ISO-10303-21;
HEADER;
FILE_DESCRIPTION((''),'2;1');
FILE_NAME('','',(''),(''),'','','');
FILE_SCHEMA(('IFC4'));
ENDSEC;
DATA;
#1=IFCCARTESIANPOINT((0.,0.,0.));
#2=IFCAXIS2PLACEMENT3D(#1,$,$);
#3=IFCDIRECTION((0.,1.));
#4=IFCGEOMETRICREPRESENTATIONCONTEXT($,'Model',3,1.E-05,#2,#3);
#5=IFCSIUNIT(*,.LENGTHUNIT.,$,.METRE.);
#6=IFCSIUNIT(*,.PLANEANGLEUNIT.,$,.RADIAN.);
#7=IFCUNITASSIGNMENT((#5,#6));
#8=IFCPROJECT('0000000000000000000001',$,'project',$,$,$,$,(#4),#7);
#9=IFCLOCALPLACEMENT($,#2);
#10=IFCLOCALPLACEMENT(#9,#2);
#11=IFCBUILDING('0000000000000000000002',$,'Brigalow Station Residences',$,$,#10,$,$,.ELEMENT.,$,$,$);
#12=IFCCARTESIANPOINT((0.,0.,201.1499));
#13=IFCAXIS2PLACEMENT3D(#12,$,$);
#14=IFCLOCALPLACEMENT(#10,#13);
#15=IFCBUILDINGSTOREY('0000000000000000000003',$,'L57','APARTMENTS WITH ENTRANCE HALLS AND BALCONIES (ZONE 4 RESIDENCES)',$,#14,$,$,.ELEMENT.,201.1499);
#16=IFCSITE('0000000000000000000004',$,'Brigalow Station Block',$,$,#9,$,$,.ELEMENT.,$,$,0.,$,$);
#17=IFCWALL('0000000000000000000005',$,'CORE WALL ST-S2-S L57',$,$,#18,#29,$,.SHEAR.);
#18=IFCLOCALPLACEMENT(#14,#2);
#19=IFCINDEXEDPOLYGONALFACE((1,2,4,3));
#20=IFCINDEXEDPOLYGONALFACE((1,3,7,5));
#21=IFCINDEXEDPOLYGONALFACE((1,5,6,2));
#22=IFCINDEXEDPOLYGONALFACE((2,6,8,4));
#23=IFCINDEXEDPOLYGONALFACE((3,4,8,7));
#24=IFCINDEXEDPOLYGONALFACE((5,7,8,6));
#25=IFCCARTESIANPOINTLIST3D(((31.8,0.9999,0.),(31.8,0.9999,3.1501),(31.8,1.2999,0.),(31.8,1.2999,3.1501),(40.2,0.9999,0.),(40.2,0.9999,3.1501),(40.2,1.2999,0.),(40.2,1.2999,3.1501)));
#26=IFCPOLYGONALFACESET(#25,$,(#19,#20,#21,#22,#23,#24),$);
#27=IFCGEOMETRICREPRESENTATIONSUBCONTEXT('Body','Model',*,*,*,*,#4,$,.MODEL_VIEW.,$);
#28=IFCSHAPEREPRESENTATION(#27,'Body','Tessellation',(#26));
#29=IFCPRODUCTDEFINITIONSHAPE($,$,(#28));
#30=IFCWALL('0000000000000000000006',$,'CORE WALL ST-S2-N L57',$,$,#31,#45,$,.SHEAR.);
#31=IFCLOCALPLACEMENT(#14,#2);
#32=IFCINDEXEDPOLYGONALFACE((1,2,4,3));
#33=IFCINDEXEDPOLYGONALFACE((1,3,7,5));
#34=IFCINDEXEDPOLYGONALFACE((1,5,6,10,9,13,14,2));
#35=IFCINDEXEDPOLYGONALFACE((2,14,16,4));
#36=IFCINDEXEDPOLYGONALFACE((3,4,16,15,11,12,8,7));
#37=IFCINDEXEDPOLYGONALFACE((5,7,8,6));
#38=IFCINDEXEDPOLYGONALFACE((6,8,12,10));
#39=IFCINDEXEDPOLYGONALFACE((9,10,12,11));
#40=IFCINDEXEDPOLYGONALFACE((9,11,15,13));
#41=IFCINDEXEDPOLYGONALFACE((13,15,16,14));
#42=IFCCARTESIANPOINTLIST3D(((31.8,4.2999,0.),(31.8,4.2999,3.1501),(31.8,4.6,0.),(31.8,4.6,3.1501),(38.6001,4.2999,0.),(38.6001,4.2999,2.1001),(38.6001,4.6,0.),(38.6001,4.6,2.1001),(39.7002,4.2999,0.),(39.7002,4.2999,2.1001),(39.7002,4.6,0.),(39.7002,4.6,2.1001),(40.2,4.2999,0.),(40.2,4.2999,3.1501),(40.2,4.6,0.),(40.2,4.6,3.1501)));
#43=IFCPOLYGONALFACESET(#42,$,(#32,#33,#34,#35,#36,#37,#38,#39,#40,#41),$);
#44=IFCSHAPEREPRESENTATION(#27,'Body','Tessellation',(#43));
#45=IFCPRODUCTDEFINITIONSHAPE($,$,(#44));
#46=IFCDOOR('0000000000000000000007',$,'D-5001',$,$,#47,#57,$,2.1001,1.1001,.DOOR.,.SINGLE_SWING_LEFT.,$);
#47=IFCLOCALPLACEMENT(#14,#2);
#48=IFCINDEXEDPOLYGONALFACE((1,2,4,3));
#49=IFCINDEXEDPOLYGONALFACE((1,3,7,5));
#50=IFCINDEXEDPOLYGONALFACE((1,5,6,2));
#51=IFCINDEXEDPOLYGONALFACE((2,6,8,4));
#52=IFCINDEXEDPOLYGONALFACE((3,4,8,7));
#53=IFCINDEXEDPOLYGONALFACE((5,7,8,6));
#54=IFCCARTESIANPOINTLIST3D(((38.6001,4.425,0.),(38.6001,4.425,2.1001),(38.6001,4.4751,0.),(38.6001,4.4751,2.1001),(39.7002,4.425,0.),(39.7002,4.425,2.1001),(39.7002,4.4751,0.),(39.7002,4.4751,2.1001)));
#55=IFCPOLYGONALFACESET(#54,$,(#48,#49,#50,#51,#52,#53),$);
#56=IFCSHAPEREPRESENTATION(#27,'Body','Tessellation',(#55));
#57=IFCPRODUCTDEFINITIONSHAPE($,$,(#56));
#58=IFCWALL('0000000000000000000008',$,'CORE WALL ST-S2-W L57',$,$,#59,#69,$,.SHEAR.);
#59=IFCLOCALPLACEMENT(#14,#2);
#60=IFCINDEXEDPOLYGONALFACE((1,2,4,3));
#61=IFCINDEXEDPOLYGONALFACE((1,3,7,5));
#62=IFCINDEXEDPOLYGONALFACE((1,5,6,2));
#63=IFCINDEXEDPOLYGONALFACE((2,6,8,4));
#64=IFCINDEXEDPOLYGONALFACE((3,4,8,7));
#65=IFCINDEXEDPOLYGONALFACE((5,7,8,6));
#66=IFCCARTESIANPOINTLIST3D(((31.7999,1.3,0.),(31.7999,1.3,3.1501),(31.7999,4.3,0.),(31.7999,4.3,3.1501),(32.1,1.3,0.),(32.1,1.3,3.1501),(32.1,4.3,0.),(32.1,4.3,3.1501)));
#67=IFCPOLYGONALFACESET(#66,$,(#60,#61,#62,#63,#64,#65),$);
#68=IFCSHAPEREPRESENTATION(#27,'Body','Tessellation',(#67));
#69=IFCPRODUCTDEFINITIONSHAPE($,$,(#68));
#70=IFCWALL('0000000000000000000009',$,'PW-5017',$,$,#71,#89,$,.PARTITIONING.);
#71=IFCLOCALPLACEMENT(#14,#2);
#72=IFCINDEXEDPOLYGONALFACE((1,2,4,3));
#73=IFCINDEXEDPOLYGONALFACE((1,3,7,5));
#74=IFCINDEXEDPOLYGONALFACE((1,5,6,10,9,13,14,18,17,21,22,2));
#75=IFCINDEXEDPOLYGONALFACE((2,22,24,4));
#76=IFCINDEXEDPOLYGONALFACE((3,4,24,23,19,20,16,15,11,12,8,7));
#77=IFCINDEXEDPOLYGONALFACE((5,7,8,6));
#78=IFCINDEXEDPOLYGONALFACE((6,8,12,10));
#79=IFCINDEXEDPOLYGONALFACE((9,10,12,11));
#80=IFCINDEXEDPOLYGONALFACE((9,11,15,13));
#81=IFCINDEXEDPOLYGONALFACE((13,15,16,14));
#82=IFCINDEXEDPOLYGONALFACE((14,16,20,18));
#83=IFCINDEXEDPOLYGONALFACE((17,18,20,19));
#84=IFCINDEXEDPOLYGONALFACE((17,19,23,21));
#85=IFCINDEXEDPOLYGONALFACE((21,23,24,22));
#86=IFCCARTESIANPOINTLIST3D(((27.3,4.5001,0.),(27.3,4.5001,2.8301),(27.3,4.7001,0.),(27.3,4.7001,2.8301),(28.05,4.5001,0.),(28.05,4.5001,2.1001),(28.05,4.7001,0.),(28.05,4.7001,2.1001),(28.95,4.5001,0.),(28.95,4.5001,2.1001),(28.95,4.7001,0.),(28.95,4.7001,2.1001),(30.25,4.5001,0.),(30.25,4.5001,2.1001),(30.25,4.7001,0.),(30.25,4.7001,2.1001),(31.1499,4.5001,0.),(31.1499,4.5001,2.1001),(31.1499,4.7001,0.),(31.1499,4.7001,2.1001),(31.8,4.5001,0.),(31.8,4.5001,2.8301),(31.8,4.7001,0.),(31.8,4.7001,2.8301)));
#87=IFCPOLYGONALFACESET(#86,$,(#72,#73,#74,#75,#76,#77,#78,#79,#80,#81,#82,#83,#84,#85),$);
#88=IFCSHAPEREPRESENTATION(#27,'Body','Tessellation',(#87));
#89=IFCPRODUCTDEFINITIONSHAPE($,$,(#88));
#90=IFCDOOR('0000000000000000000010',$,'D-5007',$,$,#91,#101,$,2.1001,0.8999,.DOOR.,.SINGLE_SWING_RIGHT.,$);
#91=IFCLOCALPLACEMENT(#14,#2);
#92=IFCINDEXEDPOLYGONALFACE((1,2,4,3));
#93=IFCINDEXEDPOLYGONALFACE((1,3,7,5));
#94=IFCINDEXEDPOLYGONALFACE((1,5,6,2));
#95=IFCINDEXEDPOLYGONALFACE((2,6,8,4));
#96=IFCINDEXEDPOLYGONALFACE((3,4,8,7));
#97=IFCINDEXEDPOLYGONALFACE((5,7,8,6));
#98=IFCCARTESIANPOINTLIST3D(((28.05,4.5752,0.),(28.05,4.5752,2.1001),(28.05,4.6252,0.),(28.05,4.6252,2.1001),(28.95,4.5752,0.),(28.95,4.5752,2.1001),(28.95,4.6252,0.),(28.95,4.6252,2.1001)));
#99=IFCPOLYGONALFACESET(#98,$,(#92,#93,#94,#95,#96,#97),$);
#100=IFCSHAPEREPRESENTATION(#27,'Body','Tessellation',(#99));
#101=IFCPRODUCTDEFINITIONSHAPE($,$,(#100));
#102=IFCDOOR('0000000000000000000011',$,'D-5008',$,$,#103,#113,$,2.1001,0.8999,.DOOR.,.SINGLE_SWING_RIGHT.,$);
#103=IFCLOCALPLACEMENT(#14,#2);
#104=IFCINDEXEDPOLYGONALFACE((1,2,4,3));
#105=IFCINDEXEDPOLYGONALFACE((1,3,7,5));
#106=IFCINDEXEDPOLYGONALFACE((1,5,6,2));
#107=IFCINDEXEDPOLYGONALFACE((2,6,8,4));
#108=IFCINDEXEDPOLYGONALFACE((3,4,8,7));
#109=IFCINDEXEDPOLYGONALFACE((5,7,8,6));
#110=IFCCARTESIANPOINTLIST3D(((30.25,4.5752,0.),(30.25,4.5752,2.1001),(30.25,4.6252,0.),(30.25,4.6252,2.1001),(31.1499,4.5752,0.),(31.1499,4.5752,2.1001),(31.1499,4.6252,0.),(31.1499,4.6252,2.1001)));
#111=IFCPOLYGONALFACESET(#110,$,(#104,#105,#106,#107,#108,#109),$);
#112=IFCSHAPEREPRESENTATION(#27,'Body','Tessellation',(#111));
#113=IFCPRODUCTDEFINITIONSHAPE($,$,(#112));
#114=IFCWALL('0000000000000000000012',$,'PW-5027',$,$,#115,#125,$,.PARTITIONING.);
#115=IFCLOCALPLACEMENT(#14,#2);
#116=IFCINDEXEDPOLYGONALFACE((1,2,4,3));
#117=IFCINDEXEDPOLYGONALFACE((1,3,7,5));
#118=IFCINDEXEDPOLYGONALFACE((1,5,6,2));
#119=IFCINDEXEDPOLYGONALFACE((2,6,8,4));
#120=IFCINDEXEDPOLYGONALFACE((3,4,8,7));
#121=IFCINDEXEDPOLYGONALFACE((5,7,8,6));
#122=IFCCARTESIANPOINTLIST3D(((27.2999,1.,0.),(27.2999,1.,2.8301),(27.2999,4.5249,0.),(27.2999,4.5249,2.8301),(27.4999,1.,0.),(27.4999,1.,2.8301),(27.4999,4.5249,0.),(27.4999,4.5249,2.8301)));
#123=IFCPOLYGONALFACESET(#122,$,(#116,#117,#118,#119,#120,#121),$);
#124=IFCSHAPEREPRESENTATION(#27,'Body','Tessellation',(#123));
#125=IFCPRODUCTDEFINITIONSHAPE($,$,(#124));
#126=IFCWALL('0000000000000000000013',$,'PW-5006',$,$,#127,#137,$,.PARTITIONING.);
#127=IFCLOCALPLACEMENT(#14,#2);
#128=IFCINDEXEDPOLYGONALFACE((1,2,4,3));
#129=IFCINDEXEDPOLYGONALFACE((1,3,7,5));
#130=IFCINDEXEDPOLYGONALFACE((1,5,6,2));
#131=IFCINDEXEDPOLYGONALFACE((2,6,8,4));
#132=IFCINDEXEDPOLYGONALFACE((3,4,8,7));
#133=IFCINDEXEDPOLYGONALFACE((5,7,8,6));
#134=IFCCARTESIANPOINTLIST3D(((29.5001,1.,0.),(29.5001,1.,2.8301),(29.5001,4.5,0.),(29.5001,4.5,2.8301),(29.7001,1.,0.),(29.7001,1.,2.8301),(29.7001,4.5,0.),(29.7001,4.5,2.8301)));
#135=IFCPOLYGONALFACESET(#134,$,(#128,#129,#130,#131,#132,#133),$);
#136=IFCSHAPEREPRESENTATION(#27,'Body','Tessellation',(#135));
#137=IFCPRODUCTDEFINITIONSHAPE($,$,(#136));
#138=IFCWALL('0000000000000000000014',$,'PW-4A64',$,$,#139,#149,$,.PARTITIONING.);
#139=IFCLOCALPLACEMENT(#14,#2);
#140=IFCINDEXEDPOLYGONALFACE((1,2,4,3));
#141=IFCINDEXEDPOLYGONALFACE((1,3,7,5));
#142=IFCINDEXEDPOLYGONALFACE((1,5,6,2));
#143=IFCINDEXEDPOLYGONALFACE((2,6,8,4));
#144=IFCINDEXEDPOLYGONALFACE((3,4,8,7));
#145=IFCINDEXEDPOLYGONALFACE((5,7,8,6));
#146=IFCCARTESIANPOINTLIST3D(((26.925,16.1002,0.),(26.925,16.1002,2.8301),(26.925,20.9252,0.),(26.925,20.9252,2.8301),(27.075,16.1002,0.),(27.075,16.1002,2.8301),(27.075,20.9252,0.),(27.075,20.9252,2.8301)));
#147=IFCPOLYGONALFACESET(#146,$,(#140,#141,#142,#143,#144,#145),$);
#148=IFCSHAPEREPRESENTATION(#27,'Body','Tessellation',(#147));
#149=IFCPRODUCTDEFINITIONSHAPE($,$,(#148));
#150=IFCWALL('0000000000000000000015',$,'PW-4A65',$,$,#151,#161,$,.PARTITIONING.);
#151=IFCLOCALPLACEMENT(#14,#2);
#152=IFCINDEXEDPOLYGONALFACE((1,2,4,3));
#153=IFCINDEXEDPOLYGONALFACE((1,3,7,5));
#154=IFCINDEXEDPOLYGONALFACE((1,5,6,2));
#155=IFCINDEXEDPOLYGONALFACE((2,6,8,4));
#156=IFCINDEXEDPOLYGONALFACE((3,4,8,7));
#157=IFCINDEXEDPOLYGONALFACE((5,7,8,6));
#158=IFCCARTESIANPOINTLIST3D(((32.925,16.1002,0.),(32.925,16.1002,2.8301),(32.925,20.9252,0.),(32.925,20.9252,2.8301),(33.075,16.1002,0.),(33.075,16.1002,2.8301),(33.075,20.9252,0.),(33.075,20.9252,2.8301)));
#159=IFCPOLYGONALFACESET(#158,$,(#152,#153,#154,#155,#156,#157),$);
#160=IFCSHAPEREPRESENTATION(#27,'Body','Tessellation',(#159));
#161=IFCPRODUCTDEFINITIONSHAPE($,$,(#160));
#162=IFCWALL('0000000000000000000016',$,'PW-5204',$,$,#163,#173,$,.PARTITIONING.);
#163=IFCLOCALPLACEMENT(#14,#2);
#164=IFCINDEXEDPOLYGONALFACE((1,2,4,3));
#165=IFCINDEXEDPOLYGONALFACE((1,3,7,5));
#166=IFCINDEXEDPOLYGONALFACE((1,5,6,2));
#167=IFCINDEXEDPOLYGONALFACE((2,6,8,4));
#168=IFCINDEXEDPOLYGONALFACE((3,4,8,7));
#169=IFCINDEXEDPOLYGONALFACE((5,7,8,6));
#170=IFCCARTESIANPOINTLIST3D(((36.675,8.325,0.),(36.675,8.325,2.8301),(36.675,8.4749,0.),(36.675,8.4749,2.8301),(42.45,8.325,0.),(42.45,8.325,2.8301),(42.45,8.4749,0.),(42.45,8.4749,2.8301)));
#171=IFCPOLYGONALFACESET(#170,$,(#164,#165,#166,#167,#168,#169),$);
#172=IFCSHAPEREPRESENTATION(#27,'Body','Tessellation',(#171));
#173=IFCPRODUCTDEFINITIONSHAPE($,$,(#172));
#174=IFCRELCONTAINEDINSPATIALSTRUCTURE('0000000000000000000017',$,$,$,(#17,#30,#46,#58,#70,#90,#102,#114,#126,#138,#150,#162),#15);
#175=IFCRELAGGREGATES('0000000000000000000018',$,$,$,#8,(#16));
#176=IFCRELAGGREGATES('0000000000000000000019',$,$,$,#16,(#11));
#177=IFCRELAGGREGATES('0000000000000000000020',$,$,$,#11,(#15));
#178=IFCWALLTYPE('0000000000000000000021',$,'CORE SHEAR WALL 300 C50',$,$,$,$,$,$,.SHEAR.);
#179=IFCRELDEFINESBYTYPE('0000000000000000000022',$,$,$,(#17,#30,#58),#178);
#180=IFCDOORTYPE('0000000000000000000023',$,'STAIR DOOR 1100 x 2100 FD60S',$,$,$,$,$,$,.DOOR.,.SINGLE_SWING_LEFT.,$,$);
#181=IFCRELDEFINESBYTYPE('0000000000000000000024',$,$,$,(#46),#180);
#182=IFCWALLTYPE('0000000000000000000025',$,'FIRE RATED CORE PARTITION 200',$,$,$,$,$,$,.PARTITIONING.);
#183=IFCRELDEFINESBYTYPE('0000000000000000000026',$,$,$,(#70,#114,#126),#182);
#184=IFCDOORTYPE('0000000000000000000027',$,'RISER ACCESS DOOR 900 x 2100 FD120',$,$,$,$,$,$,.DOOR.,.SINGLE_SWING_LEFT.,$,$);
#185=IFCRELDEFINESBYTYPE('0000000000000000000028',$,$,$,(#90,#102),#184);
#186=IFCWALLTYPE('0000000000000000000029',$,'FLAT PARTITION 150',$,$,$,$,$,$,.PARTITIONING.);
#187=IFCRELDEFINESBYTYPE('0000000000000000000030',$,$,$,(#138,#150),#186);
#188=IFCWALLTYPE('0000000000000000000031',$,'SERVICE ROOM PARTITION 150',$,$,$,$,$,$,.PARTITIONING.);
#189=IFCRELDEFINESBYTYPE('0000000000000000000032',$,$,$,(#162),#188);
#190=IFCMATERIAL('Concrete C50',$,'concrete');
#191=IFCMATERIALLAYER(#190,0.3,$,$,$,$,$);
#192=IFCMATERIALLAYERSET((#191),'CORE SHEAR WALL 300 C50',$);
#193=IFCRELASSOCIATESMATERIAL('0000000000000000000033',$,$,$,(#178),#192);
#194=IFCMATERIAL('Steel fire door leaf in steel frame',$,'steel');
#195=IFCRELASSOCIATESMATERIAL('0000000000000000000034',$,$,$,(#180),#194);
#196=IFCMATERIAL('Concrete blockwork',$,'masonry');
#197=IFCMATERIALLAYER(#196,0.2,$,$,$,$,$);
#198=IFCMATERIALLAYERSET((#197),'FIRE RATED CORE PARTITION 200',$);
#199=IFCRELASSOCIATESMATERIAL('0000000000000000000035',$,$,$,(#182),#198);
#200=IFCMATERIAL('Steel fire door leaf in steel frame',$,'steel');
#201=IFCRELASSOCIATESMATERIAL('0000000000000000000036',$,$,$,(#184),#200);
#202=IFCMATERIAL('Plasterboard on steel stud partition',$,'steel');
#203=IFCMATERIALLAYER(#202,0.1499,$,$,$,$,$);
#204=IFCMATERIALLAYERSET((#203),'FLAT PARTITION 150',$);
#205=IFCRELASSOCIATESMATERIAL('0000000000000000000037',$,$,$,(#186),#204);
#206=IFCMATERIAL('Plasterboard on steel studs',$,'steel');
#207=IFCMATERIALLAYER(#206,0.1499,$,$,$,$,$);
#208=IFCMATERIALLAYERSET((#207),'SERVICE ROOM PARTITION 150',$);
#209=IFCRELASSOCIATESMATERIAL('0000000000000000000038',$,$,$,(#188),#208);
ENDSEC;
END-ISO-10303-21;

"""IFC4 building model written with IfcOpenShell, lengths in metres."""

from ifc_helpers import new_model, si_unit, direction, frame, frame_2d, origin, place, context, subcontext, project, spatial, rectangle, extrude, material, layer, layer_set, type_object, element, fill, save


model = new_model("IFC4")

# Units and contexts
model_context = context("Model", 3, precision=1e-05, world=origin(), true_north=direction((0.0, 1.0)))
body_context = subcontext(model_context, "Body", "Model", "MODEL_VIEW")
ifc_project = project(units=[si_unit("LENGTHUNIT", "METRE"), si_unit("PLANEANGLEUNIT", "RADIAN")], contexts=[model_context])

# Site, building, storey
site_placement = place(None, origin())
site = spatial("IfcSite", under=ifc_project, at=site_placement, Name="Brigalow Station Block", CompositionType="ELEMENT", RefElevation=0.0)
building_placement = place(site_placement, origin())
building = spatial("IfcBuilding", under=site, at=building_placement, Name="Brigalow Station Residences", CompositionType="ELEMENT")
storey_placement = place(building_placement, frame((0.0, 0.0, 201.1499)))
storey = spatial("IfcBuildingStorey", under=building, at=storey_placement, Name="L57", Description="APARTMENTS WITH ENTRANCE HALLS AND BALCONIES (ZONE 4 RESIDENCES)", CompositionType="ELEMENT", Elevation=201.1499)

# Wall
ifc_material_1 = material(Name="Concrete C50", Category="concrete")
ifc_layer_1 = layer(ifc_material_1, 0.3)
ifc_layer_set_1 = layer_set([ifc_layer_1], Name="CORE SHEAR WALL 300 C50")
wall_type_1 = type_object("IfcWallType", Name="CORE SHEAR WALL 300 C50", PredefinedType="SHEAR", material=ifc_layer_set_1)
wall_1_placement = place(storey_placement, frame((31.8, 1.1499, 0.0), z_axis=(0.0, 0.0, 1.0), x_axis=(1.0, 0.0, 0.0)))
element("IfcWall", 1, at=wall_1_placement, inside=storey, type_object=wall_type_1, Name="CORE WALL ST-S2-S L57", PredefinedType="SHEAR", context=body_context, shape_type="SweptSolid", body=[
    extrude(rectangle(XDim=8.3999, YDim=0.3, at=frame_2d((4.2, 0.0))), origin(), (0.0, 0.0, 1.0), 3.1501),
])

# Wall, opening, door
wall_2_placement = place(storey_placement, frame((31.8, 4.45, 0.0), z_axis=(0.0, 0.0, 1.0), x_axis=(1.0, 0.0, 0.0)))
wall_2 = element("IfcWall", 2, at=wall_2_placement, inside=storey, type_object=wall_type_1, Name="CORE WALL ST-S2-N L57", PredefinedType="SHEAR", context=body_context, shape_type="SweptSolid", body=[
    extrude(rectangle(XDim=8.3999, YDim=0.3, at=frame_2d((4.2, 0.0))), origin(), (0.0, 0.0, 1.0), 3.1501),
])
opening_1_placement = place(wall_2_placement, frame((6.8, 0.0, 0.0)))
opening_1 = element("IfcOpeningElement", 3, at=opening_1_placement, cuts=wall_2, PredefinedType="OPENING", context=body_context, shape_type="SweptSolid", body=[
    extrude(rectangle(XDim=1.1001, YDim=2.1001, at=frame_2d((0.55, 1.05))), frame((0.0, 0.1602, 0.0), z_axis=(0.0, -1.0, 0.0), x_axis=(1.0, 0.0, 0.0)), (0.0, 0.0, 1.0), 0.3201),
])
ifc_material_2 = material(Name="Steel fire door leaf in steel frame", Category="steel")
door_type_1 = type_object("IfcDoorType", Name="STAIR DOOR 1100 x 2100 FD60S", OperationType="SINGLE_SWING_LEFT", PredefinedType="DOOR", material=ifc_material_2)
door_1_placement = place(opening_1_placement, frame((1.1001, 0.0, 0.0), z_axis=(0.0, 0.0, 1.0), x_axis=(-1.0, 0.0, 0.0)))
door_1 = element("IfcDoor", 4, at=door_1_placement, inside=storey, type_object=door_type_1, Name="D-5001", OperationType="SINGLE_SWING_LEFT", OverallHeight=2.1001, OverallWidth=1.1001, PredefinedType="DOOR", context=body_context, shape_type="SweptSolid", body=[
    extrude(rectangle(XDim=1.1001, YDim=2.1001, at=frame_2d((0.55, 1.05))), frame((0.0, 0.0249, 0.0), z_axis=(0.0, -1.0, 0.0), x_axis=(1.0, 0.0, 0.0)), (0.0, 0.0, 1.0), 0.05),
])
fill(opening_1, door_1)

# Wall
wall_3_placement = place(storey_placement, frame((31.95, 1.3, 0.0), z_axis=(0.0, 0.0, 1.0), x_axis=(0.0, 1.0, 0.0)))
element("IfcWall", 5, at=wall_3_placement, inside=storey, type_object=wall_type_1, Name="CORE WALL ST-S2-W L57", PredefinedType="SHEAR", context=body_context, shape_type="SweptSolid", body=[
    extrude(rectangle(XDim=3.0, YDim=0.3, at=frame_2d((1.5, 0.0))), origin(), (0.0, 0.0, 1.0), 3.1501),
])

# Wall, openings, doors
ifc_material_3 = material(Name="Concrete blockwork", Category="masonry")
ifc_layer_2 = layer(ifc_material_3, 0.2)
ifc_layer_set_2 = layer_set([ifc_layer_2], Name="FIRE RATED CORE PARTITION 200")
wall_type_2 = type_object("IfcWallType", Name="FIRE RATED CORE PARTITION 200", PredefinedType="PARTITIONING", material=ifc_layer_set_2)
wall_4_placement = place(storey_placement, frame((27.3, 4.6001, 0.0), z_axis=(0.0, 0.0, 1.0), x_axis=(1.0, 0.0, 0.0)))
wall_4 = element("IfcWall", 6, at=wall_4_placement, inside=storey, type_object=wall_type_2, Name="PW-5017", PredefinedType="PARTITIONING", context=body_context, shape_type="SweptSolid", body=[
    extrude(rectangle(XDim=4.5, YDim=0.2, at=frame_2d((2.25, 0.0))), origin(), (0.0, 0.0, 1.0), 2.8301),
])
opening_2_placement = place(wall_4_placement, frame((0.75, 0.0, 0.0)))
opening_2 = element("IfcOpeningElement", 7, at=opening_2_placement, cuts=wall_4, PredefinedType="OPENING", context=body_context, shape_type="SweptSolid", body=[
    extrude(rectangle(XDim=0.8999, YDim=2.1001, at=frame_2d((0.45, 1.05))), frame((0.0, 0.1099, 0.0), z_axis=(0.0, -1.0, 0.0), x_axis=(1.0, 0.0, 0.0)), (0.0, 0.0, 1.0), 0.22),
])
opening_3_placement = place(wall_4_placement, frame((2.95, 0.0, 0.0)))
opening_3 = element("IfcOpeningElement", 8, at=opening_3_placement, cuts=wall_4, PredefinedType="OPENING", context=body_context, shape_type="SweptSolid", body=[
    extrude(rectangle(XDim=0.8999, YDim=2.1001, at=frame_2d((0.45, 1.05))), frame((0.0, 0.1099, 0.0), z_axis=(0.0, -1.0, 0.0), x_axis=(1.0, 0.0, 0.0)), (0.0, 0.0, 1.0), 0.22),
])
ifc_material_4 = material(Name="Steel fire door leaf in steel frame", Category="steel")
door_type_2 = type_object("IfcDoorType", Name="RISER ACCESS DOOR 900 x 2100 FD120", OperationType="SINGLE_SWING_LEFT", PredefinedType="DOOR", material=ifc_material_4)
door_2_placement = place(opening_2_placement, frame((0.8999, 0.0, 0.0), z_axis=(0.0, 0.0, 1.0), x_axis=(-1.0, 0.0, 0.0)))
door_2 = element("IfcDoor", 9, at=door_2_placement, inside=storey, type_object=door_type_2, Name="D-5007", OperationType="SINGLE_SWING_RIGHT", OverallHeight=2.1001, OverallWidth=0.8999, PredefinedType="DOOR", context=body_context, shape_type="SweptSolid", body=[
    extrude(rectangle(XDim=0.8999, YDim=2.1001, at=frame_2d((0.45, 1.05))), frame((0.0, 0.0249, 0.0), z_axis=(0.0, -1.0, 0.0), x_axis=(1.0, 0.0, 0.0)), (0.0, 0.0, 1.0), 0.05),
])
fill(opening_2, door_2)
door_3_placement = place(opening_3_placement, frame((0.8999, 0.0, 0.0), z_axis=(0.0, 0.0, 1.0), x_axis=(-1.0, 0.0, 0.0)))
door_3 = element("IfcDoor", 10, at=door_3_placement, inside=storey, type_object=door_type_2, Name="D-5008", OperationType="SINGLE_SWING_RIGHT", OverallHeight=2.1001, OverallWidth=0.8999, PredefinedType="DOOR", context=body_context, shape_type="SweptSolid", body=[
    extrude(rectangle(XDim=0.8999, YDim=2.1001, at=frame_2d((0.45, 1.05))), frame((0.0, 0.0249, 0.0), z_axis=(0.0, -1.0, 0.0), x_axis=(1.0, 0.0, 0.0)), (0.0, 0.0, 1.0), 0.05),
])
fill(opening_3, door_3)

# Walls
wall_5_placement = place(storey_placement, frame((27.3999, 1.0, 0.0), z_axis=(0.0, 0.0, 1.0), x_axis=(0.0, 1.0, 0.0)))
element("IfcWall", 11, at=wall_5_placement, inside=storey, type_object=wall_type_2, Name="PW-5027", PredefinedType="PARTITIONING", context=body_context, shape_type="SweptSolid", body=[
    extrude(rectangle(XDim=3.5249, YDim=0.2, at=frame_2d((1.7625, 0.0))), origin(), (0.0, 0.0, 1.0), 2.8301),
])
wall_6_placement = place(storey_placement, frame((29.6001, 1.0, 0.0), z_axis=(0.0, 0.0, 1.0), x_axis=(0.0, 1.0, 0.0)))
element("IfcWall", 12, at=wall_6_placement, inside=storey, type_object=wall_type_2, Name="PW-5006", PredefinedType="PARTITIONING", context=body_context, shape_type="SweptSolid", body=[
    extrude(rectangle(XDim=3.5, YDim=0.2, at=frame_2d((1.75, 0.0))), origin(), (0.0, 0.0, 1.0), 2.8301),
])
ifc_material_5 = material(Name="Plasterboard on steel stud partition", Category="steel")
ifc_layer_3 = layer(ifc_material_5, 0.1499)
ifc_layer_set_3 = layer_set([ifc_layer_3], Name="FLAT PARTITION 150")
wall_type_3 = type_object("IfcWallType", Name="FLAT PARTITION 150", PredefinedType="PARTITIONING", material=ifc_layer_set_3)
for number, where, z_axis, x_axis, name in (
    (13, (27.0, 16.1001, 0.0), (0.0, 0.0, 1.0), (0.0, 1.0, 0.0), "PW-4A64"),
    (14, (33.0, 16.1001, 0.0), (0.0, 0.0, 1.0), (0.0, 1.0, 0.0), "PW-4A65"),
):
    element("IfcWall", number, at=place(storey_placement, frame(where, z_axis=z_axis, x_axis=x_axis)), inside=storey, type_object=wall_type_3, Name=name, PredefinedType="PARTITIONING", context=body_context, shape_type="SweptSolid", body=[
        extrude(rectangle(XDim=4.825, YDim=0.1499, at=frame_2d((2.4126, 0.0))), origin(), (0.0, 0.0, 1.0), 2.8301),
    ])
ifc_material_6 = material(Name="Plasterboard on steel studs", Category="steel")
ifc_layer_4 = layer(ifc_material_6, 0.1499)
ifc_layer_set_4 = layer_set([ifc_layer_4], Name="SERVICE ROOM PARTITION 150")
wall_type_4 = type_object("IfcWallType", Name="SERVICE ROOM PARTITION 150", PredefinedType="PARTITIONING", material=ifc_layer_set_4)
wall_7_placement = place(storey_placement, frame((36.675, 8.3999, 0.0), z_axis=(0.0, 0.0, 1.0), x_axis=(1.0, 0.0, 0.0)))
element("IfcWall", 15, at=wall_7_placement, inside=storey, type_object=wall_type_4, Name="PW-5204", PredefinedType="PARTITIONING", context=body_context, shape_type="SweptSolid", body=[
    extrude(rectangle(XDim=5.7749, YDim=0.1499, at=frame_2d((2.8875, 0.0))), origin(), (0.0, 0.0, 1.0), 2.8301),
])

save(model, "model.ifc")
